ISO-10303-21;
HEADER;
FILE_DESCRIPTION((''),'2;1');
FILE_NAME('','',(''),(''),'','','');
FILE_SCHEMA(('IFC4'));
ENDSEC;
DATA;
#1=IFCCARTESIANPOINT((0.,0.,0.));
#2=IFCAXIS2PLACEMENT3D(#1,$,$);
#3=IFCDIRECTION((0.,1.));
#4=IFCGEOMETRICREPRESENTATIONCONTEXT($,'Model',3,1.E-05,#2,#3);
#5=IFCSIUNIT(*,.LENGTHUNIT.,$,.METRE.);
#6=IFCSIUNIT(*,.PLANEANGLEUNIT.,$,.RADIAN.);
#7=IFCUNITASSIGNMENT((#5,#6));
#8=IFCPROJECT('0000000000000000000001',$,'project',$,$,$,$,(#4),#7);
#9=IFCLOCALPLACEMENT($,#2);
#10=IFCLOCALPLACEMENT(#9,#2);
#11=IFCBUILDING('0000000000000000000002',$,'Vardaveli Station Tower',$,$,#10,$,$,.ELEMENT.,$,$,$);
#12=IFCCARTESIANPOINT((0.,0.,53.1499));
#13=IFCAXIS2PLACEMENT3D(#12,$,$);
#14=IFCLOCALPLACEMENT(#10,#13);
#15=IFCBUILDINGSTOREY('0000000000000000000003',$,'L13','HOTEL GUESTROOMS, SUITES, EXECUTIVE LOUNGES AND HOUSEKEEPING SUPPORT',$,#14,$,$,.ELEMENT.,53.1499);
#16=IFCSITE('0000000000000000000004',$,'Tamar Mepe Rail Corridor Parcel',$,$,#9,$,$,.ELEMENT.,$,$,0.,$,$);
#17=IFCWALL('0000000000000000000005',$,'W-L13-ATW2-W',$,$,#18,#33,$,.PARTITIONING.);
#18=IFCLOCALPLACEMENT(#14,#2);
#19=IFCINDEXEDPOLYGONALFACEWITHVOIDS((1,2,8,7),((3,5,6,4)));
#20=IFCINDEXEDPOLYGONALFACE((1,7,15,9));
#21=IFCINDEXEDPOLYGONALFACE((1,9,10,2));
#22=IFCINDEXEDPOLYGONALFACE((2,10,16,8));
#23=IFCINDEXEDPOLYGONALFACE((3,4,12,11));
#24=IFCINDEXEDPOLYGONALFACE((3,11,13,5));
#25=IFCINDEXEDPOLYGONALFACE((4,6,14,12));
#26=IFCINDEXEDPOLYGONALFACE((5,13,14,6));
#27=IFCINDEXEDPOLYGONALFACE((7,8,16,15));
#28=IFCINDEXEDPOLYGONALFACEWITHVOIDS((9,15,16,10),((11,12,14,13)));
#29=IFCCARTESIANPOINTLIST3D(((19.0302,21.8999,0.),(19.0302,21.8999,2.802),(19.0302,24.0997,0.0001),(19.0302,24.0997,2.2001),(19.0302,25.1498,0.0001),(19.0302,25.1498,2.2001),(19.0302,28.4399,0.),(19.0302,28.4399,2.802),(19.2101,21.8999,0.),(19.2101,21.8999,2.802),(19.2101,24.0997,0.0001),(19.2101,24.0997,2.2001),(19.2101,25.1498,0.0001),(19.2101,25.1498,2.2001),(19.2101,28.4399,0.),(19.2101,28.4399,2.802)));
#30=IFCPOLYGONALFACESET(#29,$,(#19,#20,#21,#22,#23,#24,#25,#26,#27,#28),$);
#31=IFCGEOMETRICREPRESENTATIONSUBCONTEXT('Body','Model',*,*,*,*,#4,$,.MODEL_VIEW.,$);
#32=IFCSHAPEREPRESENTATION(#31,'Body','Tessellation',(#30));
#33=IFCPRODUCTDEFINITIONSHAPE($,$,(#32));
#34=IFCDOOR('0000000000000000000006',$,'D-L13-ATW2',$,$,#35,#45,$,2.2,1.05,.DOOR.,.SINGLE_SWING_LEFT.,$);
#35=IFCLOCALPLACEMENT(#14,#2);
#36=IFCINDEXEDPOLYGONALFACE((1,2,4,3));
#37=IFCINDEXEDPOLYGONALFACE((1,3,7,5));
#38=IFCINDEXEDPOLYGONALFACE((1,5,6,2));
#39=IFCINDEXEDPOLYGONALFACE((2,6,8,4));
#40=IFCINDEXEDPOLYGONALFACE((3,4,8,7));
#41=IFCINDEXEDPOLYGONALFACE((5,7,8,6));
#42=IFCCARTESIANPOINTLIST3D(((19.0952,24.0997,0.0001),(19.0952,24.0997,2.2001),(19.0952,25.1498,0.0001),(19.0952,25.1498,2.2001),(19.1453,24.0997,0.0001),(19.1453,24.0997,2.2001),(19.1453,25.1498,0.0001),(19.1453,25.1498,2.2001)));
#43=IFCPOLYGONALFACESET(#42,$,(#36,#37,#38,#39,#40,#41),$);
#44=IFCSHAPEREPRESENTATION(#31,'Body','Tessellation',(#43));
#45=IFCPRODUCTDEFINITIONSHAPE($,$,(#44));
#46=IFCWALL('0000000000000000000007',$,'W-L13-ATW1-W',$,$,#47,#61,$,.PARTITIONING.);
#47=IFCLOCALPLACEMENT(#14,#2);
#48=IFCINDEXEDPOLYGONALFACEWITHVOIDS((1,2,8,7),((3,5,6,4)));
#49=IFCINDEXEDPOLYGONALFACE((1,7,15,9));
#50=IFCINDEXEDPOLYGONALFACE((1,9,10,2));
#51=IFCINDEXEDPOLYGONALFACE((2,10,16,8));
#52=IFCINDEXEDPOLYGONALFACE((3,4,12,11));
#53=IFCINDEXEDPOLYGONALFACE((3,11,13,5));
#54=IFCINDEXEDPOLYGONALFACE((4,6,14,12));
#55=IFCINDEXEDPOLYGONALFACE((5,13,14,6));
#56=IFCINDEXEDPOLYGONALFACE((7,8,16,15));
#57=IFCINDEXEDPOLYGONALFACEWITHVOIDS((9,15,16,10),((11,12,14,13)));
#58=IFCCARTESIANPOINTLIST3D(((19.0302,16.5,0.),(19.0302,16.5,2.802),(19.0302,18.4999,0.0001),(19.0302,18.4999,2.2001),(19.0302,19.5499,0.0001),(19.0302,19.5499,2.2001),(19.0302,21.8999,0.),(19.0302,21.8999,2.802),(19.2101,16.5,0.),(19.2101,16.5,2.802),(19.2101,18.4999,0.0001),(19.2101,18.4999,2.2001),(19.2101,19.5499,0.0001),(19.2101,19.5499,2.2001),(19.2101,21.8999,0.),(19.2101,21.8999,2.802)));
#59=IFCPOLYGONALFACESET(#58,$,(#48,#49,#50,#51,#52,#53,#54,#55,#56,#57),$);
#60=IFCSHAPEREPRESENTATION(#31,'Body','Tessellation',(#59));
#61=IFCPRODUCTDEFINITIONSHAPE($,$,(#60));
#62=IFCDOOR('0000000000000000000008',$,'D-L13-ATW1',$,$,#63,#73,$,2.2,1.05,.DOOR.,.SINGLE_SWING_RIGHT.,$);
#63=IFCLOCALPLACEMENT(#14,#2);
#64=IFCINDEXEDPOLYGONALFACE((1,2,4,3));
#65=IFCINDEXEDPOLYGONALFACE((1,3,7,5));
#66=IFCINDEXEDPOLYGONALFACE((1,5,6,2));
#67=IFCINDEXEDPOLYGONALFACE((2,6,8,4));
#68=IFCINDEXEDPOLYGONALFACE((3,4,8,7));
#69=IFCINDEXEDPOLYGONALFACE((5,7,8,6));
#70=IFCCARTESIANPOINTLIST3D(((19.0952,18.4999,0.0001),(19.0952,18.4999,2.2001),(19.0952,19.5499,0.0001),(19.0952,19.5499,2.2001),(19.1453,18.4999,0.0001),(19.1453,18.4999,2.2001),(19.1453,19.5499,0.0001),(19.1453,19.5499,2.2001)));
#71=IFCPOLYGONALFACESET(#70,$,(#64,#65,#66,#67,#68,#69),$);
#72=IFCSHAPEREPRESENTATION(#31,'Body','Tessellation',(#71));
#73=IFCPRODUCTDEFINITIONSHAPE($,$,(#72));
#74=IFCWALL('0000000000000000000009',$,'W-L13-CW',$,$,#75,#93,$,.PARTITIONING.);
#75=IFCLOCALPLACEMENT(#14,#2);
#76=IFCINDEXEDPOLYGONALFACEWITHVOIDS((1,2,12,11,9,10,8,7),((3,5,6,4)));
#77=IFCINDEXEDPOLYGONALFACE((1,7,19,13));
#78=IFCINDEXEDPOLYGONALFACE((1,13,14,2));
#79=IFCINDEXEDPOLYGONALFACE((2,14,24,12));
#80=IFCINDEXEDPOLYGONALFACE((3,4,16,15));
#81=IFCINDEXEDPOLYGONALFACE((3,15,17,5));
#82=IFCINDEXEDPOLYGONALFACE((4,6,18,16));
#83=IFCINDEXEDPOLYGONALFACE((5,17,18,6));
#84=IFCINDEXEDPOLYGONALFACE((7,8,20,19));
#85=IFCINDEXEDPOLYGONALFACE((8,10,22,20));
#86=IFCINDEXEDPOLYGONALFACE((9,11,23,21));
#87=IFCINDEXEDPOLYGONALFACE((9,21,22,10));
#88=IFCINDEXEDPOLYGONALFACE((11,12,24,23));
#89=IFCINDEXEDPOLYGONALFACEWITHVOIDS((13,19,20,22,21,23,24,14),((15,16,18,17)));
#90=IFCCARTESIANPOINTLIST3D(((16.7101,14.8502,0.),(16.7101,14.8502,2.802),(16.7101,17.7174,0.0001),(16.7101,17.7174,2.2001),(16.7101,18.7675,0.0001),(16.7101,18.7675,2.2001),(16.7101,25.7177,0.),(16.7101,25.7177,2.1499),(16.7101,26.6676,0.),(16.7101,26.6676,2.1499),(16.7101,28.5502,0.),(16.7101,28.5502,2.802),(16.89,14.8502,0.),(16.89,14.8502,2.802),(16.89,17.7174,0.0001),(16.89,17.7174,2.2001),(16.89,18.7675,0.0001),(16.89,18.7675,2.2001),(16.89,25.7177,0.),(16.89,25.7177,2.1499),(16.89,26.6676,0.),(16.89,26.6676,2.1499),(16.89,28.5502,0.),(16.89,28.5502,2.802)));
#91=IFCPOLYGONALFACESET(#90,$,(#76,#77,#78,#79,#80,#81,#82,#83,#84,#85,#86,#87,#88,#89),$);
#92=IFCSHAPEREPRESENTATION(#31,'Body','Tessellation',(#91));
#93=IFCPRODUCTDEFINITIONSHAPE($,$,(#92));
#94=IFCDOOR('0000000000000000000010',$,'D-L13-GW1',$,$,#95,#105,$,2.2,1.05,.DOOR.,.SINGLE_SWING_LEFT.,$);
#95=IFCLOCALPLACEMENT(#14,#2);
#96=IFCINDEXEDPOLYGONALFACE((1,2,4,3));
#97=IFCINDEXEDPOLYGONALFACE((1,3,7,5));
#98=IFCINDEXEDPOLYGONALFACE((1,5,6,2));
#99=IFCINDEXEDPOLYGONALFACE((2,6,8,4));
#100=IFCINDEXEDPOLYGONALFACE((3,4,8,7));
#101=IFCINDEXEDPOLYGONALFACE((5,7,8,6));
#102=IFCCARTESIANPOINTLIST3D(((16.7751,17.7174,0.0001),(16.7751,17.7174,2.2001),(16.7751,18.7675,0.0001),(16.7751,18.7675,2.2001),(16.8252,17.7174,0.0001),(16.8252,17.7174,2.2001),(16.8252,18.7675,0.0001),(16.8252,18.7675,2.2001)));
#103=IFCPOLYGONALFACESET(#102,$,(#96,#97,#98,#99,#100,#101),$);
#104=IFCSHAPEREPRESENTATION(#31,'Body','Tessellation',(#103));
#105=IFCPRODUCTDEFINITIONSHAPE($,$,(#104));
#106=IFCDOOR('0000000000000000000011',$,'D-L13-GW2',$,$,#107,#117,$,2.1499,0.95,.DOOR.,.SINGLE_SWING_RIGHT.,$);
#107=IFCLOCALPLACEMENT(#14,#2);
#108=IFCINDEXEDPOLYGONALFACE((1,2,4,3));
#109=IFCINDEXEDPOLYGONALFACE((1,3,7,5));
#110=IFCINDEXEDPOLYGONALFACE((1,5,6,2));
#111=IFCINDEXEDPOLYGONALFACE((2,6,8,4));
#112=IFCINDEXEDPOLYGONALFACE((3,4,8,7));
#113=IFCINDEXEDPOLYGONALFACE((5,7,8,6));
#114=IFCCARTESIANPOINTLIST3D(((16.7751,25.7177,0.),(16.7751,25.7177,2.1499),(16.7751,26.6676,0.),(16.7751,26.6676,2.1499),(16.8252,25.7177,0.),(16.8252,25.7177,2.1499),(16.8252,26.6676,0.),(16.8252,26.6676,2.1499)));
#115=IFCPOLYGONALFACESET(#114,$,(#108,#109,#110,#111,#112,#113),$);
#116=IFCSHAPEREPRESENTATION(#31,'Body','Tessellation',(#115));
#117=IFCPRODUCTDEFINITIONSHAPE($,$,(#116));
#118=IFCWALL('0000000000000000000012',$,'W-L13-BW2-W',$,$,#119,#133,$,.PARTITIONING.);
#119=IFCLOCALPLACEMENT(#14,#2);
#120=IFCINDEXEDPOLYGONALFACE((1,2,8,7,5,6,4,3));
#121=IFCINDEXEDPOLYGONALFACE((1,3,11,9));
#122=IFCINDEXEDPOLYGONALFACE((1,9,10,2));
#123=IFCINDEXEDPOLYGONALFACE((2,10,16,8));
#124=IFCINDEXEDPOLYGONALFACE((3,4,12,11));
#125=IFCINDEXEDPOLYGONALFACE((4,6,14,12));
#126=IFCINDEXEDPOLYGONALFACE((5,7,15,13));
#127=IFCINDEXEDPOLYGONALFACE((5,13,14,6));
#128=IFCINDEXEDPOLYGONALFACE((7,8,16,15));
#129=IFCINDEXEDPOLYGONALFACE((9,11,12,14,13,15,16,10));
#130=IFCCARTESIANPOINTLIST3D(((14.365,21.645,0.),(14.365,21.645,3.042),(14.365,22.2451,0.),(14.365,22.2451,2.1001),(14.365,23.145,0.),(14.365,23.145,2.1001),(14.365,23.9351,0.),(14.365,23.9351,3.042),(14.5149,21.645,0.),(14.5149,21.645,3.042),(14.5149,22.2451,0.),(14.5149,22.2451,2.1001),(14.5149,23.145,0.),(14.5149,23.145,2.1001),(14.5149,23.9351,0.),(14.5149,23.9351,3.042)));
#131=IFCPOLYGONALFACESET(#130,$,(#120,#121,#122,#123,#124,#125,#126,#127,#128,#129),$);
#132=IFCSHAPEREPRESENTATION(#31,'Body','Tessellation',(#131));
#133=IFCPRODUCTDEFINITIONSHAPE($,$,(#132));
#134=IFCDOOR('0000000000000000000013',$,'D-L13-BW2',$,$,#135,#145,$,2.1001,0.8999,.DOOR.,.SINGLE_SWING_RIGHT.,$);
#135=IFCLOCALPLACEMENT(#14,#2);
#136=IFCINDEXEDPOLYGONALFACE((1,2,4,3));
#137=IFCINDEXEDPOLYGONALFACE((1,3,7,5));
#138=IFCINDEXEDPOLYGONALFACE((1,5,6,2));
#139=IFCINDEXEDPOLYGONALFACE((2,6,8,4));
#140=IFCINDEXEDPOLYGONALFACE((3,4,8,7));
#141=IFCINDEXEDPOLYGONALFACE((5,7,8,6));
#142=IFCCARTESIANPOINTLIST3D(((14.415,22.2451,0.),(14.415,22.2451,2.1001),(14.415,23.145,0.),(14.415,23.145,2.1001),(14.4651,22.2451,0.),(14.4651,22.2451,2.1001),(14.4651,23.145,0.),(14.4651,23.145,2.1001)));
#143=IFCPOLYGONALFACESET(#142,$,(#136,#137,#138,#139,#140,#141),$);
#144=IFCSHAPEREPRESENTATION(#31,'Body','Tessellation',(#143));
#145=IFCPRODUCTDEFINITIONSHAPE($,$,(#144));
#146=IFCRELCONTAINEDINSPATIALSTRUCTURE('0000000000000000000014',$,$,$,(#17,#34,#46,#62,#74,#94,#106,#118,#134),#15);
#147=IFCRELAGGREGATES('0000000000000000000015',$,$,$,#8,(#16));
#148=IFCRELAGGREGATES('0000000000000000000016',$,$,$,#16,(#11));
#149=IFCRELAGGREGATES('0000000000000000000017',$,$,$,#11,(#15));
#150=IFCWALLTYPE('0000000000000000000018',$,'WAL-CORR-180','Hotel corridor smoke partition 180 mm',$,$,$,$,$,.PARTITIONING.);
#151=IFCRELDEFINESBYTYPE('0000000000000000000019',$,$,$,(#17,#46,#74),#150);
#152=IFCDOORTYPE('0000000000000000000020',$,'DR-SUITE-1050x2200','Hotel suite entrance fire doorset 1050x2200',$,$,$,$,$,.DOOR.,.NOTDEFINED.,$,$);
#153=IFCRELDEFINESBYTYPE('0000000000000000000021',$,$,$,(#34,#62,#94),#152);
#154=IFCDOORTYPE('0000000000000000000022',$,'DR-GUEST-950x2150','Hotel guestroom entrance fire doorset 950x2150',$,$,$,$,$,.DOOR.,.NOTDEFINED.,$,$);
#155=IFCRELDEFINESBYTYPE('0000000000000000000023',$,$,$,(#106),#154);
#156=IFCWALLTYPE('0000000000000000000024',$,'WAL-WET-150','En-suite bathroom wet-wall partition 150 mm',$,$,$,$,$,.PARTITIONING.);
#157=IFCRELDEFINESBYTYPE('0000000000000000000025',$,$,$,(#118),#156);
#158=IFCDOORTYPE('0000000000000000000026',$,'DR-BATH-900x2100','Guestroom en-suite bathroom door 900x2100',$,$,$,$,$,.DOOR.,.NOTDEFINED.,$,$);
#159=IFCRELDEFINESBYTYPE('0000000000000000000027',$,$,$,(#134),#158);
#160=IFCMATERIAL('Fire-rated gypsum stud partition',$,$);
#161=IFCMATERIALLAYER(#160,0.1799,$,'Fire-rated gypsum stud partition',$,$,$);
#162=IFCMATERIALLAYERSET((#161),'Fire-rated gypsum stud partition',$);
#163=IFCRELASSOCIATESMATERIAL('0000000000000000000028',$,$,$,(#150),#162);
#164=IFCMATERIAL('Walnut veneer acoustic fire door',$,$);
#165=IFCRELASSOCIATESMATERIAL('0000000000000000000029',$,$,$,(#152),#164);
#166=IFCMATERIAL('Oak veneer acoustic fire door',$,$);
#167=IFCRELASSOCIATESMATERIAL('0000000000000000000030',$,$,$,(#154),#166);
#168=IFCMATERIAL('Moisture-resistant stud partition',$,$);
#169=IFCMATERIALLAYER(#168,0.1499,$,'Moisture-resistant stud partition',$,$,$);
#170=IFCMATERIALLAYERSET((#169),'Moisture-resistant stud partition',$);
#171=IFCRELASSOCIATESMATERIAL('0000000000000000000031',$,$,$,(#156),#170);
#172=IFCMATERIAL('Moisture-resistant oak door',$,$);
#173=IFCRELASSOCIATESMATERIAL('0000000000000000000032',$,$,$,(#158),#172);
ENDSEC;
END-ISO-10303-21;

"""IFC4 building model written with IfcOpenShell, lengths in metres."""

from ifc_helpers import new_model, si_unit, direction, frame, frame_2d, origin, place, context, subcontext, project, spatial, rectangle, extrude, source, transform, mapped, material, layer, layer_set, type_object, element, fill, save


model = new_model("IFC4")

# Units and contexts
model_context = context("Model", 3, precision=1e-05, world=origin(), true_north=direction((0.0, 1.0)))
body_context = subcontext(model_context, "Body", "Model", "MODEL_VIEW")
ifc_project = project(units=[si_unit("LENGTHUNIT", "METRE"), si_unit("PLANEANGLEUNIT", "RADIAN")], contexts=[model_context])

# Site, building, storey
site_placement = place(None, origin())
site = spatial("IfcSite", under=ifc_project, at=site_placement, Name="Tamar Mepe Rail Corridor Parcel", CompositionType="ELEMENT", RefElevation=0.0)
building_placement = place(site_placement, origin())
building = spatial("IfcBuilding", under=site, at=building_placement, Name="Vardaveli Station Tower", CompositionType="ELEMENT")
storey_placement = place(building_placement, frame((0.0, 0.0, 53.1499)))
storey = spatial("IfcBuildingStorey", under=building, at=storey_placement, Name="L13", Description="HOTEL GUESTROOMS, SUITES, EXECUTIVE LOUNGES AND HOUSEKEEPING SUPPORT", CompositionType="ELEMENT", Elevation=53.1499)

# Walls, openings, doors
ifc_material_1 = material(Name="Fire-rated gypsum stud partition")
ifc_layer_1 = layer(ifc_material_1, 0.1799, Name="Fire-rated gypsum stud partition")
ifc_layer_set_1 = layer_set([ifc_layer_1], Name="Fire-rated gypsum stud partition")
wall_type_1 = type_object("IfcWallType", Name="WAL-CORR-180", Description="Hotel corridor smoke partition 180 mm", PredefinedType="PARTITIONING", material=ifc_layer_set_1)
shared_shape_1 = source(origin(), body_context, "Body", "SweptSolid", [
    extrude(rectangle(XDim=6.54, YDim=0.1799, at=frame_2d((3.27, 0.0))), origin(), (0.0, 0.0, 1.0), 2.802),
])
wall_1_placement = place(storey_placement, frame((19.1201, 21.8999, 0.0), z_axis=(0.0, 0.0, 1.0), x_axis=(0.0, 1.0, 0.0)))
wall_1 = element("IfcWall", 1, at=wall_1_placement, inside=storey, type_object=wall_type_1, Name="W-L13-ATW2-W", PredefinedType="PARTITIONING", context=body_context, shape_type="MappedRepresentation", body=[
    mapped(shared_shape_1, transform((0.0, 0.0, 0.0), scale=1.0)),
])
shared_shape_2 = source(origin(), body_context, "Body", "SweptSolid", [
    extrude(rectangle(XDim=1.05, YDim=2.2, at=frame_2d((0.5249, 1.1001))), frame((0.0, 0.1001, 0.0), z_axis=(0.0, -1.0, 0.0), x_axis=(1.0, 0.0, 0.0)), (0.0, 0.0, 1.0), 0.2),
])
opening_1_placement = place(wall_1_placement, frame((2.2, 0.0, 0.0)))
opening_1 = element("IfcOpeningElement", 2, at=opening_1_placement, cuts=wall_1, PredefinedType="OPENING", context=body_context, shape_type="MappedRepresentation", body=[
    mapped(shared_shape_2, transform((0.0, 0.0, 0.0), scale=1.0)),
])
ifc_material_2 = material(Name="Walnut veneer acoustic fire door")
door_type_1 = type_object("IfcDoorType", Name="DR-SUITE-1050x2200", Description="Hotel suite entrance fire doorset 1050x2200", OperationType="NOTDEFINED", PredefinedType="DOOR", material=ifc_material_2)
shared_shape_3 = source(origin(), body_context, "Body", "SweptSolid", [
    extrude(rectangle(XDim=1.05, YDim=2.2, at=frame_2d((0.5249, 1.1001))), frame((0.0, 0.0249, 0.0), z_axis=(0.0, -1.0, 0.0), x_axis=(1.0, 0.0, 0.0)), (0.0, 0.0, 1.0), 0.05),
])
door_1_placement = place(opening_1_placement, origin())
door_1 = element("IfcDoor", 3, at=door_1_placement, inside=storey, type_object=door_type_1, Name="D-L13-ATW2", OperationType="SINGLE_SWING_LEFT", OverallHeight=2.2, OverallWidth=1.05, PredefinedType="DOOR", context=body_context, shape_type="MappedRepresentation", body=[
    mapped(shared_shape_3, transform((0.0, 0.0, 0.0), scale=1.0)),
])
fill(opening_1, door_1)
shared_shape_4 = source(origin(), body_context, "Body", "SweptSolid", [
    extrude(rectangle(XDim=5.3999, YDim=0.1799, at=frame_2d((2.7, 0.0))), origin(), (0.0, 0.0, 1.0), 2.802),
])
wall_2_placement = place(storey_placement, frame((19.1201, 16.5, 0.0), z_axis=(0.0, 0.0, 1.0), x_axis=(0.0, 1.0, 0.0)))
wall_2 = element("IfcWall", 4, at=wall_2_placement, inside=storey, type_object=wall_type_1, Name="W-L13-ATW1-W", PredefinedType="PARTITIONING", context=body_context, shape_type="MappedRepresentation", body=[
    mapped(shared_shape_4, transform((0.0, 0.0, 0.0), scale=1.0)),
])
opening_2_placement = place(wall_2_placement, frame((2.0, 0.0, 0.0)))
opening_2 = element("IfcOpeningElement", 5, at=opening_2_placement, cuts=wall_2, PredefinedType="OPENING", context=body_context, shape_type="MappedRepresentation", body=[
    mapped(shared_shape_2, transform((0.0, 0.0, 0.0), scale=1.0)),
])
door_2_placement = place(opening_2_placement, origin())
door_2 = element("IfcDoor", 6, at=door_2_placement, inside=storey, type_object=door_type_1, Name="D-L13-ATW1", OperationType="SINGLE_SWING_RIGHT", OverallHeight=2.2, OverallWidth=1.05, PredefinedType="DOOR", context=body_context, shape_type="MappedRepresentation", body=[
    mapped(shared_shape_3, transform((0.0, 0.0, 0.0), scale=1.0)),
])
fill(opening_2, door_2)

# Wall, openings, doors
shared_shape_5 = source(origin(), body_context, "Body", "SweptSolid", [
    extrude(rectangle(XDim=13.7, YDim=0.1799, at=frame_2d((6.8501, 0.0))), origin(), (0.0, 0.0, 1.0), 2.802),
])
wall_3_placement = place(storey_placement, frame((16.8, 14.8501, 0.0), z_axis=(0.0, 0.0, 1.0), x_axis=(0.0, 1.0, 0.0)))
wall_3 = element("IfcWall", 7, at=wall_3_placement, inside=storey, type_object=wall_type_1, Name="W-L13-CW", PredefinedType="PARTITIONING", context=body_context, shape_type="MappedRepresentation", body=[
    mapped(shared_shape_5, transform((0.0, 0.0, 0.0), scale=1.0)),
])
opening_3_placement = place(wall_3_placement, frame((2.8674, 0.0, 0.0)))
opening_3 = element("IfcOpeningElement", 8, at=opening_3_placement, cuts=wall_3, PredefinedType="OPENING", context=body_context, shape_type="MappedRepresentation", body=[
    mapped(shared_shape_2, transform((0.0, 0.0, 0.0), scale=1.0)),
])
shared_shape_6 = source(origin(), body_context, "Body", "SweptSolid", [
    extrude(rectangle(XDim=0.95, YDim=2.1499, at=frame_2d((0.4751, 1.075))), frame((0.0, 0.1001, 0.0), z_axis=(0.0, -1.0, 0.0), x_axis=(1.0, 0.0, 0.0)), (0.0, 0.0, 1.0), 0.2),
])
opening_4_placement = place(wall_3_placement, frame((10.8674, 0.0, 0.0)))
opening_4 = element("IfcOpeningElement", 9, at=opening_4_placement, cuts=wall_3, PredefinedType="OPENING", context=body_context, shape_type="MappedRepresentation", body=[
    mapped(shared_shape_6, transform((0.0, 0.0, 0.0), scale=1.0)),
])
door_3_placement = place(opening_3_placement, origin())
door_3 = element("IfcDoor", 10, at=door_3_placement, inside=storey, type_object=door_type_1, Name="D-L13-GW1", OperationType="SINGLE_SWING_LEFT", OverallHeight=2.2, OverallWidth=1.05, PredefinedType="DOOR", context=body_context, shape_type="MappedRepresentation", body=[
    mapped(shared_shape_3, transform((0.0, 0.0, 0.0), scale=1.0)),
])
fill(opening_3, door_3)
ifc_material_3 = material(Name="Oak veneer acoustic fire door")
door_type_2 = type_object("IfcDoorType", Name="DR-GUEST-950x2150", Description="Hotel guestroom entrance fire doorset 950x2150", OperationType="NOTDEFINED", PredefinedType="DOOR", material=ifc_material_3)
shared_shape_7 = source(origin(), body_context, "Body", "SweptSolid", [
    extrude(rectangle(XDim=0.95, YDim=2.1499, at=frame_2d((0.4751, 1.075))), frame((0.0, 0.0249, 0.0), z_axis=(0.0, -1.0, 0.0), x_axis=(1.0, 0.0, 0.0)), (0.0, 0.0, 1.0), 0.05),
])
door_4_placement = place(opening_4_placement, origin())
door_4 = element("IfcDoor", 11, at=door_4_placement, inside=storey, type_object=door_type_2, Name="D-L13-GW2", OperationType="SINGLE_SWING_RIGHT", OverallHeight=2.1499, OverallWidth=0.95, PredefinedType="DOOR", context=body_context, shape_type="MappedRepresentation", body=[
    mapped(shared_shape_7, transform((0.0, 0.0, 0.0), scale=1.0)),
])
fill(opening_4, door_4)

# Wall, opening, door
ifc_material_4 = material(Name="Moisture-resistant stud partition")
ifc_layer_2 = layer(ifc_material_4, 0.1499, Name="Moisture-resistant stud partition")
ifc_layer_set_2 = layer_set([ifc_layer_2], Name="Moisture-resistant stud partition")
wall_type_2 = type_object("IfcWallType", Name="WAL-WET-150", Description="En-suite bathroom wet-wall partition 150 mm", PredefinedType="PARTITIONING", material=ifc_layer_set_2)
shared_shape_8 = source(origin(), body_context, "Body", "SweptSolid", [
    extrude(rectangle(XDim=2.29, YDim=0.1499, at=frame_2d((1.145, 0.0))), origin(), (0.0, 0.0, 1.0), 3.042),
])
wall_4_placement = place(storey_placement, frame((14.4399, 21.645, 0.0), z_axis=(0.0, 0.0, 1.0), x_axis=(0.0, 1.0, 0.0)))
wall_4 = element("IfcWall", 12, at=wall_4_placement, inside=storey, type_object=wall_type_2, Name="W-L13-BW2-W", PredefinedType="PARTITIONING", context=body_context, shape_type="MappedRepresentation", body=[
    mapped(shared_shape_8, transform((0.0, 0.0, 0.0), scale=1.0)),
])
shared_shape_9 = source(origin(), body_context, "Body", "SweptSolid", [
    extrude(rectangle(XDim=0.8999, YDim=2.1001, at=frame_2d((0.45, 1.05))), frame((0.0, 0.085, 0.0), z_axis=(0.0, -1.0, 0.0), x_axis=(1.0, 0.0, 0.0)), (0.0, 0.0, 1.0), 0.1699),
])
opening_5_placement = place(wall_4_placement, frame((0.6001, 0.0, 0.0)))
opening_5 = element("IfcOpeningElement", 13, at=opening_5_placement, cuts=wall_4, PredefinedType="OPENING", context=body_context, shape_type="MappedRepresentation", body=[
    mapped(shared_shape_9, transform((0.0, 0.0, 0.0), scale=1.0)),
])
ifc_material_5 = material(Name="Moisture-resistant oak door")
door_type_3 = type_object("IfcDoorType", Name="DR-BATH-900x2100", Description="Guestroom en-suite bathroom door 900x2100", OperationType="NOTDEFINED", PredefinedType="DOOR", material=ifc_material_5)
shared_shape_10 = source(origin(), body_context, "Body", "SweptSolid", [
    extrude(rectangle(XDim=0.8999, YDim=2.1001, at=frame_2d((0.45, 1.05))), frame((0.0, 0.0249, 0.0), z_axis=(0.0, -1.0, 0.0), x_axis=(1.0, 0.0, 0.0)), (0.0, 0.0, 1.0), 0.05),
])
door_5_placement = place(opening_5_placement, origin())
door_5 = element("IfcDoor", 14, at=door_5_placement, inside=storey, type_object=door_type_3, Name="D-L13-BW2", OperationType="SINGLE_SWING_RIGHT", OverallHeight=2.1001, OverallWidth=0.8999, PredefinedType="DOOR", context=body_context, shape_type="MappedRepresentation", body=[
    mapped(shared_shape_10, transform((0.0, 0.0, 0.0), scale=1.0)),
])
fill(opening_5, door_5)

save(model, "model.ifc")
